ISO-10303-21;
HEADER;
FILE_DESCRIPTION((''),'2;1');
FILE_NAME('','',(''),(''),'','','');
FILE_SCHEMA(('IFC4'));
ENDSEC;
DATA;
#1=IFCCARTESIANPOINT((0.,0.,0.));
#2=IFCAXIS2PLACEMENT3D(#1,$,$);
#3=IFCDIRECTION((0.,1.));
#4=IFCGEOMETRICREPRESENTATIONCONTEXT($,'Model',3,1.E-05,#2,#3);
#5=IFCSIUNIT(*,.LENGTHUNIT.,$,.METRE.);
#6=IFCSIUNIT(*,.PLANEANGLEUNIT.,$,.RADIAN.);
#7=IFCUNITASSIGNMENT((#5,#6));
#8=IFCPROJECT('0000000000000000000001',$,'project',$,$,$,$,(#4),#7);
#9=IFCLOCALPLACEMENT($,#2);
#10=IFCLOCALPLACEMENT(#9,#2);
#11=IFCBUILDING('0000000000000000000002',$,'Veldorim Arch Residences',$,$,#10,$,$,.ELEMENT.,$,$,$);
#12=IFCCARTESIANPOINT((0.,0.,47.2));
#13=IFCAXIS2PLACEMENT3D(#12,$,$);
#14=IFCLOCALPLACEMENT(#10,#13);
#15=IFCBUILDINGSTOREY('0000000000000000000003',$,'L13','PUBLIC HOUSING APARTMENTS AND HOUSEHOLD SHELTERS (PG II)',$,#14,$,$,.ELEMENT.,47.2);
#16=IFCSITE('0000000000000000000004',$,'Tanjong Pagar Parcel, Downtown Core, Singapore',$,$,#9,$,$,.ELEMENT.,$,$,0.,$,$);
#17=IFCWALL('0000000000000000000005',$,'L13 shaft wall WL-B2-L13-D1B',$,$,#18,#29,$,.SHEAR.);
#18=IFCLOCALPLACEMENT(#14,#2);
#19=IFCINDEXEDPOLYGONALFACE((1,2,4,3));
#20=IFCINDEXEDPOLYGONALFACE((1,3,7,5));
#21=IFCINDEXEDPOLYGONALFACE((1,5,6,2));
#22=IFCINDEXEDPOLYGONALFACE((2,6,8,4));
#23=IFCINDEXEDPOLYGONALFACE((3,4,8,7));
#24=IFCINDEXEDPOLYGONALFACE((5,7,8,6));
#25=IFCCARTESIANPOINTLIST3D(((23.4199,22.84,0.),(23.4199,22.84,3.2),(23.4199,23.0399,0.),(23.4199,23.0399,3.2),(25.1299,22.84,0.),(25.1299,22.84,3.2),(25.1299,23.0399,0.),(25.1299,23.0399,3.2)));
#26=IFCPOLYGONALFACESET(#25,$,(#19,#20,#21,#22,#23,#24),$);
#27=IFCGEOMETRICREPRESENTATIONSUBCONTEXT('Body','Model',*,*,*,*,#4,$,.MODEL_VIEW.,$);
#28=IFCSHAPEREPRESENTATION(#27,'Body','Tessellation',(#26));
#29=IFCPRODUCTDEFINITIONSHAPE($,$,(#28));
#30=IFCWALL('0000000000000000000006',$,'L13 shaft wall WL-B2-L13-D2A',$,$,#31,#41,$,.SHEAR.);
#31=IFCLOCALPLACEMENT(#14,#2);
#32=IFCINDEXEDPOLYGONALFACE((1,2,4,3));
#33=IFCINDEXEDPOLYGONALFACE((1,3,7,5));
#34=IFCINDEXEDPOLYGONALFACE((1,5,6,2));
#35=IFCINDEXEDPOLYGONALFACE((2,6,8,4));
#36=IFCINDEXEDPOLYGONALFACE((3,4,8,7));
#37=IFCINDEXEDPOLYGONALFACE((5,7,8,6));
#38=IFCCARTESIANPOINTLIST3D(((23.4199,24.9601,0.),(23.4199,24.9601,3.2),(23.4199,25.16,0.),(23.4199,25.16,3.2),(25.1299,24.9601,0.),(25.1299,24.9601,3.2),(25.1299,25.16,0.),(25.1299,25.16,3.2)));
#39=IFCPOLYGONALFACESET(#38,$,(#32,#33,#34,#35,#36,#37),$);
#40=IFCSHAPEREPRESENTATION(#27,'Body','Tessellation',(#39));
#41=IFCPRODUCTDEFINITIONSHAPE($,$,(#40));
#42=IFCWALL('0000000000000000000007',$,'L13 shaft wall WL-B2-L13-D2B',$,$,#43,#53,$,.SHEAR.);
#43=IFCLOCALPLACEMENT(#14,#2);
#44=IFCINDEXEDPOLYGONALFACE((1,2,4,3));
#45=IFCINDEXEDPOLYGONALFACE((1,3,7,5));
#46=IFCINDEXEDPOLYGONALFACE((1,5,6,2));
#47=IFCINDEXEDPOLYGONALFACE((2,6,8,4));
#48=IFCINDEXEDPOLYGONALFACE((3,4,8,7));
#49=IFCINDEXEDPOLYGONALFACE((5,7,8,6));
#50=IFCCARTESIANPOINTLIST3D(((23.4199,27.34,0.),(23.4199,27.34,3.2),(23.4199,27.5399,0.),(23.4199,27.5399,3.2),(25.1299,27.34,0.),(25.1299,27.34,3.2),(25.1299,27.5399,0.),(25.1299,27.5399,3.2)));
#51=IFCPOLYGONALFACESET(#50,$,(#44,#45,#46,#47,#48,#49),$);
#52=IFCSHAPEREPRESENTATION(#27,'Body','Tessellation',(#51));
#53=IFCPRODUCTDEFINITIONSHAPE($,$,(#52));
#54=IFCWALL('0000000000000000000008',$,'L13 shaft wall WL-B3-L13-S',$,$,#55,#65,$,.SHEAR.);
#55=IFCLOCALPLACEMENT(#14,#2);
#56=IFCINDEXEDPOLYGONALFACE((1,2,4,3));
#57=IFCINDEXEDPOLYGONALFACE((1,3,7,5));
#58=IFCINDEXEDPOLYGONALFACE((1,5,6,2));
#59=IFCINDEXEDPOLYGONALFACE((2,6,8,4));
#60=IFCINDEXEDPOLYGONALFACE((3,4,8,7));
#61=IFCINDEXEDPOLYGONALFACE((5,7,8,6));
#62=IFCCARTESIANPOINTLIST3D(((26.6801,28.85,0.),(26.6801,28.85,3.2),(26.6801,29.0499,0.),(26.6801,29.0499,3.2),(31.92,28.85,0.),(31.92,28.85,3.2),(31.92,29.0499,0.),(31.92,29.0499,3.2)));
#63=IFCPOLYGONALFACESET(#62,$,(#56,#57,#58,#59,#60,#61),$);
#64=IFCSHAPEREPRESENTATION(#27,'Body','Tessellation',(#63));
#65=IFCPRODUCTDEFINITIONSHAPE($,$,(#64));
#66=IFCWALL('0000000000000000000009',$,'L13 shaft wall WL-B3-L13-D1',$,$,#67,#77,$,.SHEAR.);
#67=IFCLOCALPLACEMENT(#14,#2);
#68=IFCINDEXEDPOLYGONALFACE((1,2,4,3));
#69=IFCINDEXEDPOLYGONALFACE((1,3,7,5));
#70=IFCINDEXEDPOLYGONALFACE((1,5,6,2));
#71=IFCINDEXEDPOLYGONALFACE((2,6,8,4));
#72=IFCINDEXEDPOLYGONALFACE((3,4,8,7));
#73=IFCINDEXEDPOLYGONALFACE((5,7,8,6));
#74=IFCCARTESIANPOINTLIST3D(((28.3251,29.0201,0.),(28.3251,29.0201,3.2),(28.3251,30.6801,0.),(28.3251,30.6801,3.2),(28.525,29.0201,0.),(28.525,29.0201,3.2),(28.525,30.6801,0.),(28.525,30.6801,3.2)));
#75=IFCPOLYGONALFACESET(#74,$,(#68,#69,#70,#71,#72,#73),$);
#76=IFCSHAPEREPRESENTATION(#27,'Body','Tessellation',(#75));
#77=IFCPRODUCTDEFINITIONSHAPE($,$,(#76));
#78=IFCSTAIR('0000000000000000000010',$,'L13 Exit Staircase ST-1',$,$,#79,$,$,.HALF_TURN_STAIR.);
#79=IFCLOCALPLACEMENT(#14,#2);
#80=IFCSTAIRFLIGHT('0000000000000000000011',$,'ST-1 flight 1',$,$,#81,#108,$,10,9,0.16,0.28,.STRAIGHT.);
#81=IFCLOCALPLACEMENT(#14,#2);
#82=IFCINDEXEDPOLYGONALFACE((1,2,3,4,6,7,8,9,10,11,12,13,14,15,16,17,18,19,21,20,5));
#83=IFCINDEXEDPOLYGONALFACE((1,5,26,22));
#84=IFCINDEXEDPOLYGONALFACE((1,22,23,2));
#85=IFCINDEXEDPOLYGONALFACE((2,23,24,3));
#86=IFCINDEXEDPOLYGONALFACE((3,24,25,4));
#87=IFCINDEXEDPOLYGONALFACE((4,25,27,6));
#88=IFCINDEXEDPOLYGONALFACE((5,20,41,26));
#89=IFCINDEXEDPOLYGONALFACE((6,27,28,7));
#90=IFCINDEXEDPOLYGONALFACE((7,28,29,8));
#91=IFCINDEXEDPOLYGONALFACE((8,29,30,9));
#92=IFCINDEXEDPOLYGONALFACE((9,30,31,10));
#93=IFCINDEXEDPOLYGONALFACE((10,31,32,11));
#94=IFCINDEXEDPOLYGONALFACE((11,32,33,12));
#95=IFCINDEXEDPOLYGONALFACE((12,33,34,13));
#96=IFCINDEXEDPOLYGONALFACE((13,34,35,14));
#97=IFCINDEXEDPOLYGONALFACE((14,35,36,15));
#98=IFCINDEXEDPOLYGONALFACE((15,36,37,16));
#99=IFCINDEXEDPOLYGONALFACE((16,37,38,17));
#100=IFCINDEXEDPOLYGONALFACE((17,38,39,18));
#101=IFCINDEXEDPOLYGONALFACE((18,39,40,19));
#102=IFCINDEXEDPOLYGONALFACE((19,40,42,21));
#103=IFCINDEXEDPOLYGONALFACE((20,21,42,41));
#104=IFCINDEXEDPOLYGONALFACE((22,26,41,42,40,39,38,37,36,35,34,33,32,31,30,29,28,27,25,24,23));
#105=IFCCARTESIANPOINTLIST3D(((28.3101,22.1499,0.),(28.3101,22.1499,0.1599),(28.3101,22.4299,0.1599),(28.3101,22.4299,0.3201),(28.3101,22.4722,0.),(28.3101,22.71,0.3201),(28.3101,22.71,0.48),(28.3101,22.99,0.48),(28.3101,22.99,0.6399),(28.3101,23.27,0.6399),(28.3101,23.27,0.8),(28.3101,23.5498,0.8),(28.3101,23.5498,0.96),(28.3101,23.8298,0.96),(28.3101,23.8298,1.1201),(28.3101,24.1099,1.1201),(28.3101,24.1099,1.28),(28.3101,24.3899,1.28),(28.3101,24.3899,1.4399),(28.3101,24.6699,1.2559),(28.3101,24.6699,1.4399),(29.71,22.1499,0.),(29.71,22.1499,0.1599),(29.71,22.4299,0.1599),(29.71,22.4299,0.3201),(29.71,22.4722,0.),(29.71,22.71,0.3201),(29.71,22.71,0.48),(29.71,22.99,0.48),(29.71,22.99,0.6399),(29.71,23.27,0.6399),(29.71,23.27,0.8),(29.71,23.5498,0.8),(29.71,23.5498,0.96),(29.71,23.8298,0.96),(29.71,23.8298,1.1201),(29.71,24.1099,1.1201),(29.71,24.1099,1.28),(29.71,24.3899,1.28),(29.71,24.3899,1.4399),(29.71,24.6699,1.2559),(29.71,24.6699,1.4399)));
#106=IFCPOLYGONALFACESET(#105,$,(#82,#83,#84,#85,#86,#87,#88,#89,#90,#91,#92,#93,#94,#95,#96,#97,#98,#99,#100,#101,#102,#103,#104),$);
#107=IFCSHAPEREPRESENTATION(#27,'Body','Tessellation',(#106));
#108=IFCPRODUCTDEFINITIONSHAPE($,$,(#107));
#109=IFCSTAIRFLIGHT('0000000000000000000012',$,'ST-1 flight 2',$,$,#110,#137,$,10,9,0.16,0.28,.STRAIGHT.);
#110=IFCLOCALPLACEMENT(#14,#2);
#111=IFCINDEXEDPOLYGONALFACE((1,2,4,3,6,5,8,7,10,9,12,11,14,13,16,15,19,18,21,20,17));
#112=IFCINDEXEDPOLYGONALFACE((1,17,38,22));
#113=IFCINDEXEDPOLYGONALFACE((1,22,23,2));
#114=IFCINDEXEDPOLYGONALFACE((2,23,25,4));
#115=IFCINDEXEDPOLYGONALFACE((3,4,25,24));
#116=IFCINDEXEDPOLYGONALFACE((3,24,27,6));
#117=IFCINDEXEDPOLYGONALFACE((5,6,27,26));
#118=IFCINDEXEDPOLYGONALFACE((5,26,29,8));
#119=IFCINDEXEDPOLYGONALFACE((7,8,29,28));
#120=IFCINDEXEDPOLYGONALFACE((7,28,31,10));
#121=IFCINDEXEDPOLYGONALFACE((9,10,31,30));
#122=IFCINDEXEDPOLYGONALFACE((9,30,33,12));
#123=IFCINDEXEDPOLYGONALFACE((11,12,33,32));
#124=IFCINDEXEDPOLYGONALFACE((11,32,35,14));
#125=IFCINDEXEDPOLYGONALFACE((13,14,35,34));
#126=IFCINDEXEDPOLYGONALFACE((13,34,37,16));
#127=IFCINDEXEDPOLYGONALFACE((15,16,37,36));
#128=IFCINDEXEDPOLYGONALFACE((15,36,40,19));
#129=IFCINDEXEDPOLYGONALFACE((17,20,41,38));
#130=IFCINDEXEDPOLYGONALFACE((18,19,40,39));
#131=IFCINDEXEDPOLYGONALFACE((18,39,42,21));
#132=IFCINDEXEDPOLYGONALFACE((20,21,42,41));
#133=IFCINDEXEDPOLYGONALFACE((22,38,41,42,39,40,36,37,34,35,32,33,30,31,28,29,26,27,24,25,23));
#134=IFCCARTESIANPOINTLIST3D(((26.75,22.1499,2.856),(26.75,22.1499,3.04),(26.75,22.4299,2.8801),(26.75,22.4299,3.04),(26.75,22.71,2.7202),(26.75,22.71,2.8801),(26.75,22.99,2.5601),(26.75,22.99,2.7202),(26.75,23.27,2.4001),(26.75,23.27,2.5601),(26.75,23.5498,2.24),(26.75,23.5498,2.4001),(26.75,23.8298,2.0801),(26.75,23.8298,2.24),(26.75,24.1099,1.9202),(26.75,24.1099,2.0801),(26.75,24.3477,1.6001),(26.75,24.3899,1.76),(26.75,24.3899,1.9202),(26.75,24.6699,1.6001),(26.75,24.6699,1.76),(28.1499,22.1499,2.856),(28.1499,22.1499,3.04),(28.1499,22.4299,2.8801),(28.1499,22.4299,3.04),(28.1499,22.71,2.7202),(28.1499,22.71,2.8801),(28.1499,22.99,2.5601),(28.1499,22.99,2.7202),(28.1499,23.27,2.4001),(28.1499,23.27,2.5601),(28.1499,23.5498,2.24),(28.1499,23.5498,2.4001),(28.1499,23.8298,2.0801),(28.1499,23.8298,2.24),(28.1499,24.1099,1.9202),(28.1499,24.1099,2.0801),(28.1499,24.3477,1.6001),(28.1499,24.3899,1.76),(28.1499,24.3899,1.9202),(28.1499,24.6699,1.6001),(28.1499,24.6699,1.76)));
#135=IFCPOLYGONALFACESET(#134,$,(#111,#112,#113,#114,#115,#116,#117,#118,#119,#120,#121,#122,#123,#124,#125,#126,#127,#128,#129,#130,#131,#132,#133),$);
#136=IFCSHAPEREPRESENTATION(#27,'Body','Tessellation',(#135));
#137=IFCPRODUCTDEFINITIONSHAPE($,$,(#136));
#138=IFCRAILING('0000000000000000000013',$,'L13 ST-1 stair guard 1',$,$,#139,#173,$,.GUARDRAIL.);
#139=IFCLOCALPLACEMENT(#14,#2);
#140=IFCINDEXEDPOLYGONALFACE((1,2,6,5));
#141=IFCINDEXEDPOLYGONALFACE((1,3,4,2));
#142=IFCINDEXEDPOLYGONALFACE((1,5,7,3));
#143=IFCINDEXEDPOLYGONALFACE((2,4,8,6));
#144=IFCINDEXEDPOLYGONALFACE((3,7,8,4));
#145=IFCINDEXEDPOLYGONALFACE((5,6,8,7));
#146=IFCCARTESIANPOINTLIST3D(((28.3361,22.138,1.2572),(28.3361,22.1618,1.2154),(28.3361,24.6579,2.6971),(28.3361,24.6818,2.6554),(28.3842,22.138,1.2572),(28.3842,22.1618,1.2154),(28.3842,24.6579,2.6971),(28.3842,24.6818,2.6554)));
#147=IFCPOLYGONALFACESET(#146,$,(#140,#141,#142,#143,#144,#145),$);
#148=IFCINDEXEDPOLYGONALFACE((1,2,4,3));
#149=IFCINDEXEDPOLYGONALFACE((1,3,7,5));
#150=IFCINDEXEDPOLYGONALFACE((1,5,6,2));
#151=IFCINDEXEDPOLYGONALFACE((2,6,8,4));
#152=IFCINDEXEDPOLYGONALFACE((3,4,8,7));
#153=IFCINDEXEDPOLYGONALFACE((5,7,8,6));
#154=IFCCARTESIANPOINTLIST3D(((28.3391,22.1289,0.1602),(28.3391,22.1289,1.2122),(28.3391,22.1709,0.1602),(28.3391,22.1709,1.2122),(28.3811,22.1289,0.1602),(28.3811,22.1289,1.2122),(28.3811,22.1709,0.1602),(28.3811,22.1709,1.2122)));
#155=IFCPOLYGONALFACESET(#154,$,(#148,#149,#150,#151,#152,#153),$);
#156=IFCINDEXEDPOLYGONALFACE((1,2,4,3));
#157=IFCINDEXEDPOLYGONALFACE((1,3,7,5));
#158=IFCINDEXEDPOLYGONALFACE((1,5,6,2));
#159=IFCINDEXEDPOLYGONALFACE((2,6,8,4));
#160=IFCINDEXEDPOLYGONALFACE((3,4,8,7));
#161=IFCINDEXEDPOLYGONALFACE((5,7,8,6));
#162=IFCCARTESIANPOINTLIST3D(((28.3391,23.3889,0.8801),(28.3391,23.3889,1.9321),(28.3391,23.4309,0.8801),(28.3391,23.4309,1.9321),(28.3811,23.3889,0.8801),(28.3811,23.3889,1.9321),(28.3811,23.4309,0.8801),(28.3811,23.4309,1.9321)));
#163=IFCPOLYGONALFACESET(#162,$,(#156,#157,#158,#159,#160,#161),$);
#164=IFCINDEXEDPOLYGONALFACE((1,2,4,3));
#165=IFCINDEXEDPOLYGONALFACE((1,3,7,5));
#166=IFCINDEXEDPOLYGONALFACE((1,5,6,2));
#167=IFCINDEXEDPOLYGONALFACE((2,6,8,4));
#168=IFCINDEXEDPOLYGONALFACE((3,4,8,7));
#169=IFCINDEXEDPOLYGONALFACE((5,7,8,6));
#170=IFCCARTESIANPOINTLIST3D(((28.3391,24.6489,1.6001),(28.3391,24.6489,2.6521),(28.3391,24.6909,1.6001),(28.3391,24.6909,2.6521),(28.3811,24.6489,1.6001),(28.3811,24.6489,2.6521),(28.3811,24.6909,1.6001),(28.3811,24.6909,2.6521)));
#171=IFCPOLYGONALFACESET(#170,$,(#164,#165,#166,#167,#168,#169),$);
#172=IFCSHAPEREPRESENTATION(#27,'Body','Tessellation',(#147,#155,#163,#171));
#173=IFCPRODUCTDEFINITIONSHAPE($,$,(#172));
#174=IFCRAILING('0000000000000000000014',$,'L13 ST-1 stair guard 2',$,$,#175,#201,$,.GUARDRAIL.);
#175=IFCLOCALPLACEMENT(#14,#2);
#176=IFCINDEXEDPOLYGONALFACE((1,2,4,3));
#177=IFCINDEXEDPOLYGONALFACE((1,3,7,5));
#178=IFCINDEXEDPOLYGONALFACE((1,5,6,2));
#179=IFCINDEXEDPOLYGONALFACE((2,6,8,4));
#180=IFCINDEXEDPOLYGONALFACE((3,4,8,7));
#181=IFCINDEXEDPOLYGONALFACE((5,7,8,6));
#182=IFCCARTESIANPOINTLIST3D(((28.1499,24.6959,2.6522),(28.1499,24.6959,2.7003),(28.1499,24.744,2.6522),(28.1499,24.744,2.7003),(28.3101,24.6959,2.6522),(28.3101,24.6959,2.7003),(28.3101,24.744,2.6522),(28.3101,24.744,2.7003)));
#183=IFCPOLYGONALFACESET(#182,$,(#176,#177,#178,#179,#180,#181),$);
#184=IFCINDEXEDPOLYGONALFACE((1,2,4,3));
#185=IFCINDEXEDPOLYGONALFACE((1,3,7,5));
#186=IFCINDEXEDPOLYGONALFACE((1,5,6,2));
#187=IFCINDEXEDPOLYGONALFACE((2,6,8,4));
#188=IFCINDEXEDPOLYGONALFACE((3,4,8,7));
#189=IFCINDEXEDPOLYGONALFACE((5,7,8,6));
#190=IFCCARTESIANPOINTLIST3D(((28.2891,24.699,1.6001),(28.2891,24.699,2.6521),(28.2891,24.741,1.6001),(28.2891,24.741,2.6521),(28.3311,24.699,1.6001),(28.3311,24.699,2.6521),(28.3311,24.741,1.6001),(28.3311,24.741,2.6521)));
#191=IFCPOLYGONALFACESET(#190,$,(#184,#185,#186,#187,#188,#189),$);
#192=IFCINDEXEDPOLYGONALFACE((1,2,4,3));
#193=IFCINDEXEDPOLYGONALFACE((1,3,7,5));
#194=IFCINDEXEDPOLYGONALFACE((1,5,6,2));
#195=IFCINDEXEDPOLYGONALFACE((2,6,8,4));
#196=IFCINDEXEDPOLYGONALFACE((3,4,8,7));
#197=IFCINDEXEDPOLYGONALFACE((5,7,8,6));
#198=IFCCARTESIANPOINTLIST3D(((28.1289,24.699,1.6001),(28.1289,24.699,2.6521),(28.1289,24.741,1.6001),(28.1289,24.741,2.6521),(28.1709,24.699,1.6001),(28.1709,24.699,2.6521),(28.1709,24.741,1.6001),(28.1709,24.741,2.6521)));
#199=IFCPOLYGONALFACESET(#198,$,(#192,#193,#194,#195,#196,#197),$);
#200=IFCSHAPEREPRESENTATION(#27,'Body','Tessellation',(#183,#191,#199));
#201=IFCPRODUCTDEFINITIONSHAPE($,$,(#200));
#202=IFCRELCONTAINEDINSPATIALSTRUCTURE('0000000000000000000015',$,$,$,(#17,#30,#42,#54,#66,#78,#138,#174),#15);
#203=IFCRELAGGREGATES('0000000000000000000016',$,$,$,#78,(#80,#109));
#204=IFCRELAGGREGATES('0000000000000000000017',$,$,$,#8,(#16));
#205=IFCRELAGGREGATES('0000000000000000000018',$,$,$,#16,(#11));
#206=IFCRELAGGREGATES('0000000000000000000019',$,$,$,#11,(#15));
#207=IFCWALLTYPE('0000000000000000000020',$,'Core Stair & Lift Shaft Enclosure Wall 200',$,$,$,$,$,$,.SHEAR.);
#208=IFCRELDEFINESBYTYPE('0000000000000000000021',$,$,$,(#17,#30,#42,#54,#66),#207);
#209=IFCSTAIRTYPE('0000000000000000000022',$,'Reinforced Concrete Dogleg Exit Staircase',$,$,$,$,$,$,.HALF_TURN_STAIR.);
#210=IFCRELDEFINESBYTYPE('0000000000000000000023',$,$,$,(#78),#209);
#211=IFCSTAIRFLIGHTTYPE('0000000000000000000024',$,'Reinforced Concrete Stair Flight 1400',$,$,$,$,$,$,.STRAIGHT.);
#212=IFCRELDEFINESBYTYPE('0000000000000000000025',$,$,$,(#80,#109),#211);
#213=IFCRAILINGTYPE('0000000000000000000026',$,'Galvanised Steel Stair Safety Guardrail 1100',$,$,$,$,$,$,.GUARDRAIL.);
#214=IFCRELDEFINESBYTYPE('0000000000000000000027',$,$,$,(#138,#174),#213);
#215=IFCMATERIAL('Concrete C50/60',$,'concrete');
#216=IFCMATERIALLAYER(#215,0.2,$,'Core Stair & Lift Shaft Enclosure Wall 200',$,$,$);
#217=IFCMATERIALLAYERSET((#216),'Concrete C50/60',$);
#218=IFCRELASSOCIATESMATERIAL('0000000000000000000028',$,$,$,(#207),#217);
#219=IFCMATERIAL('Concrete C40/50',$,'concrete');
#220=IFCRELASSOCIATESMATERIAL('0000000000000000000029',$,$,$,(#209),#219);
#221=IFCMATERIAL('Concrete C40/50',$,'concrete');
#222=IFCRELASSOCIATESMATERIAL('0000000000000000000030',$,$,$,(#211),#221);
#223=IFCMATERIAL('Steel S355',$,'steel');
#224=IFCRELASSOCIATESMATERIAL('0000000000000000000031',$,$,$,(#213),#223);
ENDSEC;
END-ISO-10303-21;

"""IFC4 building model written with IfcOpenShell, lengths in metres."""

from ifc_helpers import new_model, si_unit, direction, frame, frame_2d, origin, origin_2d, place, context, subcontext, project, spatial, polyline, rectangle, outline, extrude, material, layer, layer_set, type_object, element, aggregate, save


model = new_model("IFC4")

# Units and contexts
model_context = context("Model", 3, precision=1e-05, world=origin(), true_north=direction((0.0, 1.0)))
body_context = subcontext(model_context, "Body", "Model", "MODEL_VIEW")
ifc_project = project(units=[si_unit("LENGTHUNIT", "METRE"), si_unit("PLANEANGLEUNIT", "RADIAN")], contexts=[model_context])

# Site, building, storey
site_placement = place(None, origin())
site = spatial("IfcSite", under=ifc_project, at=site_placement, Name="Tanjong Pagar Parcel, Downtown Core, Singapore", CompositionType="ELEMENT", RefElevation=0.0)
building_placement = place(site_placement, origin())
building = spatial("IfcBuilding", under=site, at=building_placement, Name="Veldorim Arch Residences", CompositionType="ELEMENT")
storey_placement = place(building_placement, frame((0.0, 0.0, 47.2)))
storey = spatial("IfcBuildingStorey", under=building, at=storey_placement, Name="L13", Description="PUBLIC HOUSING APARTMENTS AND HOUSEHOLD SHELTERS (PG II)", CompositionType="ELEMENT", Elevation=47.2)

# Walls
ifc_material_1 = material(Name="Concrete C50/60", Category="concrete")
ifc_layer = layer(ifc_material_1, 0.2, Name="Core Stair & Lift Shaft Enclosure Wall 200")
ifc_layer_set = layer_set([ifc_layer], Name="Concrete C50/60")
wall_type = type_object("IfcWallType", Name="Core Stair & Lift Shaft Enclosure Wall 200", PredefinedType="SHEAR", material=ifc_layer_set)
for number, where, z_axis, x_axis, name in (
    (1, (23.4199, 22.9399, 0.0), (0.0, 0.0, 1.0), (1.0, 0.0, 0.0), "L13 shaft wall WL-B2-L13-D1B"),
    (2, (23.4199, 25.0601, 0.0), (0.0, 0.0, 1.0), (1.0, 0.0, 0.0), "L13 shaft wall WL-B2-L13-D2A"),
    (3, (23.4199, 27.4399, 0.0), (0.0, 0.0, 1.0), (1.0, 0.0, 0.0), "L13 shaft wall WL-B2-L13-D2B"),
):
    element("IfcWall", number, at=place(storey_placement, frame(where, z_axis=z_axis, x_axis=x_axis)), inside=storey, type_object=wall_type, Name=name, PredefinedType="SHEAR", context=body_context, shape_type="SweptSolid", body=[
        extrude(rectangle(XDim=1.71, YDim=0.2, at=frame_2d((0.855, 0.0))), origin(), (0.0, 0.0, 1.0), 3.2),
    ])
wall_1_placement = place(storey_placement, frame((26.6799, 28.95, 0.0), z_axis=(0.0, 0.0, 1.0), x_axis=(1.0, 0.0, 0.0)))
element("IfcWall", 4, at=wall_1_placement, inside=storey, type_object=wall_type, Name="L13 shaft wall WL-B3-L13-S", PredefinedType="SHEAR", context=body_context, shape_type="SweptSolid", body=[
    extrude(rectangle(XDim=5.24, YDim=0.2, at=frame_2d((2.6201, 0.0))), origin(), (0.0, 0.0, 1.0), 3.2),
])
wall_2_placement = place(storey_placement, frame((28.425, 29.02, 0.0), z_axis=(0.0, 0.0, 1.0), x_axis=(0.0, 1.0, 0.0)))
element("IfcWall", 5, at=wall_2_placement, inside=storey, type_object=wall_type, Name="L13 shaft wall WL-B3-L13-D1", PredefinedType="SHEAR", context=body_context, shape_type="SweptSolid", body=[
    extrude(rectangle(XDim=1.6599, YDim=0.2, at=frame_2d((0.8301, 0.0))), origin(), (0.0, 0.0, 1.0), 3.2),
])

# Stair, stair flights
ifc_material_2 = material(Name="Concrete C40/50", Category="concrete")
stair_type = type_object("IfcStairType", Name="Reinforced Concrete Dogleg Exit Staircase", PredefinedType="HALF_TURN_STAIR", material=ifc_material_2)
stair_placement = place(storey_placement, origin())
stair = element("IfcStair", 6, at=stair_placement, inside=storey, type_object=stair_type, Name="L13 Exit Staircase ST-1", PredefinedType="HALF_TURN_STAIR")
ifc_material_3 = material(Name="Concrete C40/50", Category="concrete")
stair_flight_type = type_object("IfcStairFlightType", Name="Reinforced Concrete Stair Flight 1400", PredefinedType="STRAIGHT", material=ifc_material_3)
stair_flight_1_placement = place(storey_placement, frame((29.01, 22.1499, 0.0), z_axis=(0.0, 0.0, 1.0), x_axis=(0.0, 1.0, 0.0)))
stair_flight_1 = element("IfcStairFlight", 7, at=stair_flight_1_placement, type_object=stair_flight_type, Name="ST-1 flight 1", NumberOfRisers=10, NumberOfTreads=9, PredefinedType="STRAIGHT", RiserHeight=0.16, TreadLength=0.28, context=body_context, shape_type="SweptSolid", body=[
    extrude(outline(polyline([(0.0, 0.0), (0.0, 0.1599), (0.28, 0.1599), (0.28, 0.3201), (0.5601, 0.3201), (0.5601, 0.48), (0.8401, 0.48), (0.8401, 0.6399), (1.1201, 0.6399), (1.1201, 0.8), (1.3999, 0.8), (1.3999, 0.96), (1.6799, 0.96), (1.6799, 1.1201), (1.96, 1.1201), (1.96, 1.28), (2.24, 1.28), (2.24, 1.4399), (2.52, 1.4399), (2.52, 1.6001), (2.52, 1.2559), (0.3223, 0.0), (0.0, 0.0)])), frame((0.0, 0.7, 0.0), z_axis=(0.0, -1.0, 0.0), x_axis=(1.0, 0.0, 0.0)), (0.0, 0.0, 1.0), 1.3999),
])
stair_flight_2_placement = place(storey_placement, frame((27.45, 24.6699, 1.6001), z_axis=(0.0, 0.0, 1.0), x_axis=(0.0, -1.0, 0.0)))
stair_flight_2 = element("IfcStairFlight", 8, at=stair_flight_2_placement, type_object=stair_flight_type, Name="ST-1 flight 2", NumberOfRisers=10, NumberOfTreads=9, PredefinedType="STRAIGHT", RiserHeight=0.16, TreadLength=0.28, context=body_context, shape_type="SweptSolid", body=[
    extrude(outline(polyline([(0.0, 0.0), (0.0, 0.1599), (0.28, 0.1599), (0.28, 0.3201), (0.5601, 0.3201), (0.5601, 0.48), (0.8401, 0.48), (0.8401, 0.6399), (1.1201, 0.6399), (1.1201, 0.8), (1.3999, 0.8), (1.3999, 0.96), (1.6799, 0.96), (1.6799, 1.1201), (1.96, 1.1201), (1.96, 1.28), (2.24, 1.28), (2.24, 1.4399), (2.52, 1.4399), (2.52, 1.6001), (2.52, 1.2559), (0.3223, 0.0), (0.0, 0.0)])), frame((0.0, 0.7, 0.0), z_axis=(0.0, -1.0, 0.0), x_axis=(1.0, 0.0, 0.0)), (0.0, 0.0, 1.0), 1.3999),
])
aggregate(stair, [stair_flight_1, stair_flight_2])

# Railings
ifc_material_4 = material(Name="Steel S355", Category="steel")
railing_type_1 = type_object("IfcRailingType", Name="Galvanised Steel Stair Safety Guardrail 1100", PredefinedType="GUARDRAIL", material=ifc_material_4)
railing_1_placement = place(storey_placement, frame((28.3601, 22.1499, 0.1602)))
element("IfcRailing", 9, at=railing_1_placement, inside=storey, type_object=railing_type_1, Name="L13 ST-1 stair guard 1", PredefinedType="GUARDRAIL", context=body_context, shape_type="SweptSolid", body=[
    extrude(rectangle(XDim=0.0481, YDim=0.0481, at=origin_2d()), frame((0.0, 0.0, 1.0762), z_axis=(0.0, 0.868253, 0.496121), x_axis=(-1.0, 0.0, 0.0)), (0.0, 0.0, 1.0), 2.9023),
    extrude(rectangle(XDim=0.042, YDim=0.042, at=origin_2d()), origin(), (0.0, 0.0, 1.0), 1.052),
    extrude(rectangle(XDim=0.042, YDim=0.042, at=origin_2d()), frame((0.0, 1.26, 0.72)), (0.0, 0.0, 1.0), 1.052),
    extrude(rectangle(XDim=0.042, YDim=0.042, at=origin_2d()), frame((0.0, 2.52, 1.4399)), (0.0, 0.0, 1.0), 1.052),
])
railing_2_placement = place(storey_placement, frame((28.3101, 24.72, 1.6001)))
element("IfcRailing", 10, at=railing_2_placement, inside=storey, type_object=railing_type_1, Name="L13 ST-1 stair guard 2", PredefinedType="GUARDRAIL", context=body_context, shape_type="SweptSolid", body=[
    extrude(rectangle(XDim=0.0481, YDim=0.0481, at=origin_2d()), frame((0.0, 0.0, 1.0762), z_axis=(-1.0, 0.0, 0.0), x_axis=(0.0, -1.0, 0.0)), (0.0, 0.0, 1.0), 0.1602),
    extrude(rectangle(XDim=0.042, YDim=0.042, at=origin_2d()), origin(), (0.0, 0.0, 1.0), 1.052),
    extrude(rectangle(XDim=0.042, YDim=0.042, at=origin_2d()), frame((-0.1602, 0.0, 0.0)), (0.0, 0.0, 1.0), 1.052),
])

save(model, "model.ifc")
